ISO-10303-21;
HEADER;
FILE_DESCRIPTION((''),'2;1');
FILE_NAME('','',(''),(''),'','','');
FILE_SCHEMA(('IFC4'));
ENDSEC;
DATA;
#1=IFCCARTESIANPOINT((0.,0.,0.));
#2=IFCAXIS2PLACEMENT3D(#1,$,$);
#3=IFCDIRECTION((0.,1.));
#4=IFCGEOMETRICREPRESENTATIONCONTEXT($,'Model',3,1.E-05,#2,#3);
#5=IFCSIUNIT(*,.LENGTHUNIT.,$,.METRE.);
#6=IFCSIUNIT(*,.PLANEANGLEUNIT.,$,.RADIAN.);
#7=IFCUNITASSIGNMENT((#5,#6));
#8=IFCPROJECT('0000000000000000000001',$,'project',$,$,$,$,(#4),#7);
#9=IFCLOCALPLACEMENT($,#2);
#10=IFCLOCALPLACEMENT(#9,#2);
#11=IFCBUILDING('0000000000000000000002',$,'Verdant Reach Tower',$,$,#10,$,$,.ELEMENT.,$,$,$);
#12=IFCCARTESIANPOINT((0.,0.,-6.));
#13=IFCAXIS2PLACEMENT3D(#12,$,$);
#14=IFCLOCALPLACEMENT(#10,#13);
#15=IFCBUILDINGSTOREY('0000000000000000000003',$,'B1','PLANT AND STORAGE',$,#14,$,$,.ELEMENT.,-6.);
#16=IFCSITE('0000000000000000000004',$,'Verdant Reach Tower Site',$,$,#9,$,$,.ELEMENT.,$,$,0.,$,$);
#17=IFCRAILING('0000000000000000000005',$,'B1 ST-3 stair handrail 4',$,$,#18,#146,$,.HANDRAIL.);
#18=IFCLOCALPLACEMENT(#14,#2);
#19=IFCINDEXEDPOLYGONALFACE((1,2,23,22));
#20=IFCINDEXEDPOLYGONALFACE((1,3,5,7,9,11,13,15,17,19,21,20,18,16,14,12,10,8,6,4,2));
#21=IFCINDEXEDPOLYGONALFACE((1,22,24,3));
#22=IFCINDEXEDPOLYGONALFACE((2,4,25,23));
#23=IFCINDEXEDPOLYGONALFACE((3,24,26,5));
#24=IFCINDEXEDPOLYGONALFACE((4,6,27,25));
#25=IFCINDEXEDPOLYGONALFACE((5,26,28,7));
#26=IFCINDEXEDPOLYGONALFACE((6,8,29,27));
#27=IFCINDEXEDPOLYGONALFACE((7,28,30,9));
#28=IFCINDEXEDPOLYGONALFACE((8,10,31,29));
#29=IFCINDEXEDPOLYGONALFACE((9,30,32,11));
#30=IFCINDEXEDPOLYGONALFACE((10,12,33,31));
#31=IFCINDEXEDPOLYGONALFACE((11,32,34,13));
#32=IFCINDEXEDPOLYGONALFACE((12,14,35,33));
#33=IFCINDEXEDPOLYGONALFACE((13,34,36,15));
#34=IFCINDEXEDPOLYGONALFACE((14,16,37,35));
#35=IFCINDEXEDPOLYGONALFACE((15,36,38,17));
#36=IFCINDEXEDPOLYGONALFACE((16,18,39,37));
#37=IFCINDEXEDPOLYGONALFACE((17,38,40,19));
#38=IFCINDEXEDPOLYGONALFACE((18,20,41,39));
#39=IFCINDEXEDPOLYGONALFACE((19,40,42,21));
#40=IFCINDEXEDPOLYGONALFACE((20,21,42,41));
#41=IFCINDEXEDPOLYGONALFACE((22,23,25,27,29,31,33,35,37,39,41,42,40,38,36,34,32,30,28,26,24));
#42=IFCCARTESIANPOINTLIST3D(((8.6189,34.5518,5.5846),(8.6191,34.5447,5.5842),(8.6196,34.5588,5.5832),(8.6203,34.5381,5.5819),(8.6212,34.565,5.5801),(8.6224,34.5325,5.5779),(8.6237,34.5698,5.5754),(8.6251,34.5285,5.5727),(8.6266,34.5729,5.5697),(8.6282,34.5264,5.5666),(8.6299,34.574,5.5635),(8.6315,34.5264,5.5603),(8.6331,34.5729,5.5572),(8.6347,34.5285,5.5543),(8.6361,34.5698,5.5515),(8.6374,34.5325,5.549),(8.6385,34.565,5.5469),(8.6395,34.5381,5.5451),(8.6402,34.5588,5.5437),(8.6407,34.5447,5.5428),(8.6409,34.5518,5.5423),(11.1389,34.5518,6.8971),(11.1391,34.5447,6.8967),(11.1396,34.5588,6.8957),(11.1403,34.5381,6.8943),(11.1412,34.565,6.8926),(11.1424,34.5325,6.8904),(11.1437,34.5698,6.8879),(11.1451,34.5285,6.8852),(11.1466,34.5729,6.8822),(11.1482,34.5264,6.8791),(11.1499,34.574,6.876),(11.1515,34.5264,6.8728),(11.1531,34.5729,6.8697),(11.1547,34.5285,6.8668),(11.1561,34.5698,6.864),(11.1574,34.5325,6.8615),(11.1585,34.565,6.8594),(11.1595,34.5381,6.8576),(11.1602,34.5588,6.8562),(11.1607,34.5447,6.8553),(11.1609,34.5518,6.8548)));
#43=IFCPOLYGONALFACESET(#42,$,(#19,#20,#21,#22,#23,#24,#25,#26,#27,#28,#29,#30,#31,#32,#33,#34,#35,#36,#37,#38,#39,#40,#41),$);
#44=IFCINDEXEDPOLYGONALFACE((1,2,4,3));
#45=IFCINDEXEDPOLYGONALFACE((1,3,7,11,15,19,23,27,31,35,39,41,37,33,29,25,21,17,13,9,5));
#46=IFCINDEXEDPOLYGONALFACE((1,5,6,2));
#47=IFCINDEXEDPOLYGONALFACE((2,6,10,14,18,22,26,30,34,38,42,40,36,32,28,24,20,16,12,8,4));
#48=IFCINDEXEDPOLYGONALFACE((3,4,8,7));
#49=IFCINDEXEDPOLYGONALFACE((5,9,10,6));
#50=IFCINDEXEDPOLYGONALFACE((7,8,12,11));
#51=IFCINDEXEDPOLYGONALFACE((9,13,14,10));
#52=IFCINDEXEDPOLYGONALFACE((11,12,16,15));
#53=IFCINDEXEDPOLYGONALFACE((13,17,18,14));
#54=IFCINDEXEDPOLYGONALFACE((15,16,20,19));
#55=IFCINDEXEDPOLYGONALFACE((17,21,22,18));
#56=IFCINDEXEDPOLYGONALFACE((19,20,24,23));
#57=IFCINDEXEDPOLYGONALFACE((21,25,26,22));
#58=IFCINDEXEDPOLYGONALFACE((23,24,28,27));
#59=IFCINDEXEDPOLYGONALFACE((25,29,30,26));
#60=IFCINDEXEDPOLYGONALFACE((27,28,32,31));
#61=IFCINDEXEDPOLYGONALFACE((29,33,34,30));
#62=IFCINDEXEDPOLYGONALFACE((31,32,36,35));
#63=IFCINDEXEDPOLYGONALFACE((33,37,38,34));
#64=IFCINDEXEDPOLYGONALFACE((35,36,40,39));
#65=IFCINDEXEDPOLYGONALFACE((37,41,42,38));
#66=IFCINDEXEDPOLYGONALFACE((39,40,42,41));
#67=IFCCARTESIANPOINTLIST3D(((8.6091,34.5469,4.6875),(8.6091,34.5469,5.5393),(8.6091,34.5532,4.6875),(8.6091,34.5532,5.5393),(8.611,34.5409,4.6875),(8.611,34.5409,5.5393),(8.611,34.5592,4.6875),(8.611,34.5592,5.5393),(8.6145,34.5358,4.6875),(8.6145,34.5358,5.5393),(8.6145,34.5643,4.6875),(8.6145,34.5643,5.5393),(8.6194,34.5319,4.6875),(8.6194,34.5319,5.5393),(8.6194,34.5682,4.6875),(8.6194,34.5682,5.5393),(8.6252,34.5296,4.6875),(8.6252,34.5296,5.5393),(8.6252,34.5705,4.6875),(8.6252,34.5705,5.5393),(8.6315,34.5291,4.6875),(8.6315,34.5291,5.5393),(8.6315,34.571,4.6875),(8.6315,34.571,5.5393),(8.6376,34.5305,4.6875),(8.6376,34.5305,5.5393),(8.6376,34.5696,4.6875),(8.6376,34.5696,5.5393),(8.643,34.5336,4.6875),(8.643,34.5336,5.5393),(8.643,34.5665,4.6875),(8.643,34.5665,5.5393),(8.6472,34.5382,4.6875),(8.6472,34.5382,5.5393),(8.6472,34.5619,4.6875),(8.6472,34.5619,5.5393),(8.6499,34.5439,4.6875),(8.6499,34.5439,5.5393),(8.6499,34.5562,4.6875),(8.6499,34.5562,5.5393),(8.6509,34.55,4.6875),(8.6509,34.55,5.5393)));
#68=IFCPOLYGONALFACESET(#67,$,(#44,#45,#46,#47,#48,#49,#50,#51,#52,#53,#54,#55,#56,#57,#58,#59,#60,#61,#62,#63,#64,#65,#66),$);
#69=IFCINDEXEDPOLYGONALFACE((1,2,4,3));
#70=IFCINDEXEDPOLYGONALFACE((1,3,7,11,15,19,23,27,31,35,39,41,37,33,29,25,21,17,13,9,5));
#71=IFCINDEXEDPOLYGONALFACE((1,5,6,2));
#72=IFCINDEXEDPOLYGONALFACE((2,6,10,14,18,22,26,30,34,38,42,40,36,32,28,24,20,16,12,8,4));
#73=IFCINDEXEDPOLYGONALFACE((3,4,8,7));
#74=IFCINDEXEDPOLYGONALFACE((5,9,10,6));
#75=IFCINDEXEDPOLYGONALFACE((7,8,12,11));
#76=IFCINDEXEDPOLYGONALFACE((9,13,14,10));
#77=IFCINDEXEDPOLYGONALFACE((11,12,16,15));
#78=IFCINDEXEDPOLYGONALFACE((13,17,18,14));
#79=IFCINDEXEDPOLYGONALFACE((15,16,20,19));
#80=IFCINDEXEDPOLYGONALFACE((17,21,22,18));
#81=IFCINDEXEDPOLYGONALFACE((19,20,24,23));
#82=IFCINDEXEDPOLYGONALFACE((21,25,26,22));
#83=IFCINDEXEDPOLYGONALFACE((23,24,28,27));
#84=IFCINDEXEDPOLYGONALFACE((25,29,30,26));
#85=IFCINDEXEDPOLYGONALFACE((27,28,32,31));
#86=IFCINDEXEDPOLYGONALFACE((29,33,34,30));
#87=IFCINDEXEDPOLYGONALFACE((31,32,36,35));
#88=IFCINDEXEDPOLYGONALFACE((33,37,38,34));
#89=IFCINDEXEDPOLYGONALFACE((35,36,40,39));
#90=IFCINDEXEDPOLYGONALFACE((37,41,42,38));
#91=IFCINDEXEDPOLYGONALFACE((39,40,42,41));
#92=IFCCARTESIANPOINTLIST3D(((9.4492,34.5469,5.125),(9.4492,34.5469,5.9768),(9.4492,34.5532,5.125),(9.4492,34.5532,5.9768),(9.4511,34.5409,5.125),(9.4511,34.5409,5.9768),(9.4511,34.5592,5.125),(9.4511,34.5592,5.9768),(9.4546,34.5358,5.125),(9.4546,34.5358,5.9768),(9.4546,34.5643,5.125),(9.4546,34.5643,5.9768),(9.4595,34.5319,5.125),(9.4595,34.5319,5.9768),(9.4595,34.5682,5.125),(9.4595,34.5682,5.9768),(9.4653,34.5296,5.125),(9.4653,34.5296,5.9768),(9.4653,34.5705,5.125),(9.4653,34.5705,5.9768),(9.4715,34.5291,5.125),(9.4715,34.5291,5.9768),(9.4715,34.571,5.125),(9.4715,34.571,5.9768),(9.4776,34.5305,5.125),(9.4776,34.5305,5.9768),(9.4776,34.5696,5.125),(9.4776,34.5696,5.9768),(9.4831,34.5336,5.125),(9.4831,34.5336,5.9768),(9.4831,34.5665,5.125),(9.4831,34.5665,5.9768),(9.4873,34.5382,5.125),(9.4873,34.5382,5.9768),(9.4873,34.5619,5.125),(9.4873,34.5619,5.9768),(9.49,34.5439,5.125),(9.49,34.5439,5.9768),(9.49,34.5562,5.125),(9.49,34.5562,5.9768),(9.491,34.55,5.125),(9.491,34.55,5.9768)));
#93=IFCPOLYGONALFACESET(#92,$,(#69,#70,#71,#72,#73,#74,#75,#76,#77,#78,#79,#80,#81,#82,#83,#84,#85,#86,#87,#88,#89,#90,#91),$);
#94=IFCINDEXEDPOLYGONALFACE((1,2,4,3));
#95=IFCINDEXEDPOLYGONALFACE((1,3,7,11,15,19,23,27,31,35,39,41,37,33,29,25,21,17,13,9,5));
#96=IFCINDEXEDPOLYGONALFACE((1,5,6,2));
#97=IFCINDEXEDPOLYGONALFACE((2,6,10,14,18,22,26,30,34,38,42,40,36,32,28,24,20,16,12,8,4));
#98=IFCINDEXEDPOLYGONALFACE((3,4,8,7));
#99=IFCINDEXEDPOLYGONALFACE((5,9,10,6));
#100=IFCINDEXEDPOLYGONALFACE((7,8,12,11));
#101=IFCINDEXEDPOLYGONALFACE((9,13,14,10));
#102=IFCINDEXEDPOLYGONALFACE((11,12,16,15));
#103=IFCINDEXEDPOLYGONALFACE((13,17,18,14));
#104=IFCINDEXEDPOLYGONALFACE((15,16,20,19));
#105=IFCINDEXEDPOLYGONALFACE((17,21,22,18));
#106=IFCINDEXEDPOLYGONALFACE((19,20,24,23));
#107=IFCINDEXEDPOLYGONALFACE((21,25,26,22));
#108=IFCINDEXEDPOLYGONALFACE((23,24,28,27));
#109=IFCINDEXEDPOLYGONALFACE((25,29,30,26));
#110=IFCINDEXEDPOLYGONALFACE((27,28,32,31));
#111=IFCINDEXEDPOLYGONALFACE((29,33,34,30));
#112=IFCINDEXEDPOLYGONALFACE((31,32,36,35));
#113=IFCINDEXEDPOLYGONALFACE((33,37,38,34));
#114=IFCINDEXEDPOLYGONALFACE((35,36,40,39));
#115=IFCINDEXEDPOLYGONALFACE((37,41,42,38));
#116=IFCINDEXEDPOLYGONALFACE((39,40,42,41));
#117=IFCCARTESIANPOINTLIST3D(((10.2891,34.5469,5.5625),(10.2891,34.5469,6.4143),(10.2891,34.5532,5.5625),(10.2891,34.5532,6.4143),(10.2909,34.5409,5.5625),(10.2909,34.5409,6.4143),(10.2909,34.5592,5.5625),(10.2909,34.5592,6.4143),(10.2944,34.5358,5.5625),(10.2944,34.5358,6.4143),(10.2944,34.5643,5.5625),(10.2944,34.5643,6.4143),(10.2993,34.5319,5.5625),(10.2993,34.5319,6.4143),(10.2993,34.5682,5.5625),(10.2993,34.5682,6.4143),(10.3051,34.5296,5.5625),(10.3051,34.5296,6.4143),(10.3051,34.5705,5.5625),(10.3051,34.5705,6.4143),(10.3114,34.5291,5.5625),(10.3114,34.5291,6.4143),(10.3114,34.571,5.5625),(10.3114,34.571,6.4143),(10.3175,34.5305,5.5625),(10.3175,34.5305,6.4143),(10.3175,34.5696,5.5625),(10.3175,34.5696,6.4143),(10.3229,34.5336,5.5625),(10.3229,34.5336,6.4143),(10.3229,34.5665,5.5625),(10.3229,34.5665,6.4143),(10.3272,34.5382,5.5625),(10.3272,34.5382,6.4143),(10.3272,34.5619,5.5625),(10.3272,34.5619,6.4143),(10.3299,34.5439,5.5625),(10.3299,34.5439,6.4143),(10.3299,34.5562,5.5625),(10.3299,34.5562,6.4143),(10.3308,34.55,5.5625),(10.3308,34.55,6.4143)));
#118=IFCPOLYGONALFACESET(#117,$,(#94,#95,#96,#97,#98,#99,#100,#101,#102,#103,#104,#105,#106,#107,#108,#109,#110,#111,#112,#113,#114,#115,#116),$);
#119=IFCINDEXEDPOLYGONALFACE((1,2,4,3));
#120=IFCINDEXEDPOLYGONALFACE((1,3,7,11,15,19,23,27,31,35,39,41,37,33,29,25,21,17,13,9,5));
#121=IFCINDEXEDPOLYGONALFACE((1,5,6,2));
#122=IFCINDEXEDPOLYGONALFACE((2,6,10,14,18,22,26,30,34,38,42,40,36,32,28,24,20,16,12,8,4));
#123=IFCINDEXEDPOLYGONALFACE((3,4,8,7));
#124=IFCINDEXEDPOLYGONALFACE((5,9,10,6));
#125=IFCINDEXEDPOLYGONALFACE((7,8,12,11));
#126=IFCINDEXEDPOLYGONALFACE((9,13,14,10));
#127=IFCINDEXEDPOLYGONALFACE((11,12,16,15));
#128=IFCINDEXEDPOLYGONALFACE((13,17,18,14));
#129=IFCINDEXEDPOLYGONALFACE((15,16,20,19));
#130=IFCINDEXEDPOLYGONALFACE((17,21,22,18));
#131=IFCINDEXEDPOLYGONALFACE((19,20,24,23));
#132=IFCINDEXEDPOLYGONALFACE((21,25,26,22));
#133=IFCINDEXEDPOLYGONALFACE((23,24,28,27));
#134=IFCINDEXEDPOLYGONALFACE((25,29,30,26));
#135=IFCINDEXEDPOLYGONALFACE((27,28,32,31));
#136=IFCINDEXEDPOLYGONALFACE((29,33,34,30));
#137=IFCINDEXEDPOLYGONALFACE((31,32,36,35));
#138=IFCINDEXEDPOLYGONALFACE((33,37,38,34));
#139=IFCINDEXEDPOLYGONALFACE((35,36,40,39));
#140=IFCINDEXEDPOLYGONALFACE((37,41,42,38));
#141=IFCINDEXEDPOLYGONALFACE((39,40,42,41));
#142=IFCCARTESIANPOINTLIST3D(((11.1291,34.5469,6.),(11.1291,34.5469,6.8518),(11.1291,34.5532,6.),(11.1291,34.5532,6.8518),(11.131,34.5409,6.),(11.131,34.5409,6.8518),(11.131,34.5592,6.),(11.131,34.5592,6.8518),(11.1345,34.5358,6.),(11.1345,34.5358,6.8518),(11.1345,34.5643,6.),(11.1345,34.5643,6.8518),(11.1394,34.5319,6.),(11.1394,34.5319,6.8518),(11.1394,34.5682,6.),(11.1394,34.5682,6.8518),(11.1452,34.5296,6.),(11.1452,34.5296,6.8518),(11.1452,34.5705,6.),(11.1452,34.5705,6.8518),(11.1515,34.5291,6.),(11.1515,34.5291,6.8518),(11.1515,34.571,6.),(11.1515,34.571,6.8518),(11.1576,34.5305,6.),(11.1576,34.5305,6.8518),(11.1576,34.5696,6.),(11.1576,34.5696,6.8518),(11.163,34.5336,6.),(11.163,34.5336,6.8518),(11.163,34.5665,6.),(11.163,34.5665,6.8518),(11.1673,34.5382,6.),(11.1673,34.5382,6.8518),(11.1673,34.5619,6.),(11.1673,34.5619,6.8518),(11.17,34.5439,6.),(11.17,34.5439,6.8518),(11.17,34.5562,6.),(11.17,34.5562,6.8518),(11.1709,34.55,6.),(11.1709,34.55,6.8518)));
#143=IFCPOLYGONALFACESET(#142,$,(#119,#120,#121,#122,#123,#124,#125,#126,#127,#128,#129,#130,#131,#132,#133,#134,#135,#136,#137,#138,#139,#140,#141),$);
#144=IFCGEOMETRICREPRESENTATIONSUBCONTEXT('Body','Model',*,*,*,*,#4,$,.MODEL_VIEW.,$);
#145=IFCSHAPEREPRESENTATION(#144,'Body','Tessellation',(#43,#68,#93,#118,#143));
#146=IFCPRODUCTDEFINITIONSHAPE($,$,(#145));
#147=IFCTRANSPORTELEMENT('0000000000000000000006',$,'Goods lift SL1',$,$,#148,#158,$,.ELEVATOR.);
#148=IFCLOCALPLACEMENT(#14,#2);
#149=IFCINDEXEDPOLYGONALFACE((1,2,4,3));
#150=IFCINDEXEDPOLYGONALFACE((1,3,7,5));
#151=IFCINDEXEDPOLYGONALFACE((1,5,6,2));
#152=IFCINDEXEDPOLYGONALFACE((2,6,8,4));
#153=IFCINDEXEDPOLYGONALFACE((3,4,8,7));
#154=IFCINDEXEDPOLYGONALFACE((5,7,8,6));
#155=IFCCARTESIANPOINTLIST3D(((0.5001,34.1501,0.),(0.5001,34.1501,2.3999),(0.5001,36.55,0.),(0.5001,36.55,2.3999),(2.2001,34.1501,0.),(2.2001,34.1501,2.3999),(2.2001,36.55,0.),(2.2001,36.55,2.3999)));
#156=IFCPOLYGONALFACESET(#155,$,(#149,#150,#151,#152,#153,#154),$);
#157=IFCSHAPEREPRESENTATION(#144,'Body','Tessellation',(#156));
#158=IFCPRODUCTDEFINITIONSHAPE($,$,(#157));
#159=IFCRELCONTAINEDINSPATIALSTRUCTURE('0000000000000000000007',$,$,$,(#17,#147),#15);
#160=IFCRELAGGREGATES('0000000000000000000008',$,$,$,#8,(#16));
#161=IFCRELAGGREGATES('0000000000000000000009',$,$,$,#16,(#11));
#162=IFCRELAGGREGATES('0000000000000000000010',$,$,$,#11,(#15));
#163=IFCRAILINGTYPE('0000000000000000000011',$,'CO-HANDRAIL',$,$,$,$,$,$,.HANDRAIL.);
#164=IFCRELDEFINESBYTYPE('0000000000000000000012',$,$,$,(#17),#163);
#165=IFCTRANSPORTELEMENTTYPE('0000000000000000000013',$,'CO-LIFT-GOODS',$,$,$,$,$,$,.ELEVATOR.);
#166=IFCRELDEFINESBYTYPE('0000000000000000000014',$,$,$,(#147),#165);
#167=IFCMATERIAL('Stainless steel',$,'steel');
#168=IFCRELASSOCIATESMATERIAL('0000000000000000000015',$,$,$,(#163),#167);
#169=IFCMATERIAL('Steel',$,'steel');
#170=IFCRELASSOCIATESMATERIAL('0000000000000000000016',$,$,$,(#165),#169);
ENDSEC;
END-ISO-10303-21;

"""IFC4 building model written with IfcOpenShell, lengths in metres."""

from ifc_helpers import new_model, si_unit, direction, frame, origin, origin_2d, place, context, subcontext, project, spatial, rectangle, circle, extrude, material, type_object, element, save


model = new_model("IFC4")

# Units and contexts
model_context = context("Model", 3, precision=1e-05, world=origin(), true_north=direction((0.0, 1.0)))
body_context = subcontext(model_context, "Body", "Model", "MODEL_VIEW")
ifc_project = project(units=[si_unit("LENGTHUNIT", "METRE"), si_unit("PLANEANGLEUNIT", "RADIAN")], contexts=[model_context])

# Site, building, storey
site_placement = place(None, origin())
site = spatial("IfcSite", under=ifc_project, at=site_placement, Name="Verdant Reach Tower Site", CompositionType="ELEMENT", RefElevation=0.0)
building_placement = place(site_placement, origin())
building = spatial("IfcBuilding", under=site, at=building_placement, Name="Verdant Reach Tower", CompositionType="ELEMENT")
storey_placement = place(building_placement, frame((0.0, 0.0, -6.0)))
storey = spatial("IfcBuildingStorey", under=building, at=storey_placement, Name="B1", Description="PLANT AND STORAGE", CompositionType="ELEMENT", Elevation=-6.0)

# Shared definitions
ifc_material_1 = material(Name="Steel", Category="steel")

# Railing
ifc_material_2 = material(Name="Stainless steel", Category="steel")
railing_type_1 = type_object("IfcRailingType", Name="CO-HANDRAIL", PredefinedType="HANDRAIL", material=ifc_material_2)
for number, where, name in (
    (1, (8.6299, 34.55, 4.6875), "B1 ST-3 stair handrail 4"),
):
    element("IfcRailing", number, at=place(storey_placement, frame(where)), inside=storey, type_object=railing_type_1, Name=name, PredefinedType="HANDRAIL", context=body_context, shape_type="SweptSolid", body=[
        extrude(circle(Radius=0.0239, at=origin_2d()), frame((0.0, 0.0, 0.876), z_axis=(0.886916, 0.0, 0.461932), x_axis=(0.0, 1.0, 0.0)), (0.0, 0.0, 1.0), 2.8413),
        extrude(circle(Radius=0.021, at=origin_2d()), origin(), (0.0, 0.0, 1.0), 0.8518),
        extrude(circle(Radius=0.021, at=origin_2d()), frame((0.8401, 0.0, 0.4375)), (0.0, 0.0, 1.0), 0.8518),
        extrude(circle(Radius=0.021, at=origin_2d()), frame((1.6799, 0.0, 0.875)), (0.0, 0.0, 1.0), 0.8518),
        extrude(circle(Radius=0.021, at=origin_2d()), frame((2.52, 0.0, 1.3125)), (0.0, 0.0, 1.0), 0.8518),
    ])

# Transport element
transport_element_type = type_object("IfcTransportElementType", Name="CO-LIFT-GOODS", PredefinedType="ELEVATOR", material=ifc_material_1)
transport_element_placement = place(storey_placement, frame((1.3501, 35.3501, 0.0), z_axis=(0.0, 0.0, 1.0), x_axis=(1.0, 0.0, 0.0)))
element("IfcTransportElement", 2, at=transport_element_placement, inside=storey, type_object=transport_element_type, Name="Goods lift SL1", PredefinedType="ELEVATOR", context=body_context, shape_type="SweptSolid", body=[
    extrude(rectangle(XDim=1.7, YDim=2.3999, at=origin_2d()), origin(), (0.0, 0.0, 1.0), 2.3999),
])

save(model, "model.ifc")
